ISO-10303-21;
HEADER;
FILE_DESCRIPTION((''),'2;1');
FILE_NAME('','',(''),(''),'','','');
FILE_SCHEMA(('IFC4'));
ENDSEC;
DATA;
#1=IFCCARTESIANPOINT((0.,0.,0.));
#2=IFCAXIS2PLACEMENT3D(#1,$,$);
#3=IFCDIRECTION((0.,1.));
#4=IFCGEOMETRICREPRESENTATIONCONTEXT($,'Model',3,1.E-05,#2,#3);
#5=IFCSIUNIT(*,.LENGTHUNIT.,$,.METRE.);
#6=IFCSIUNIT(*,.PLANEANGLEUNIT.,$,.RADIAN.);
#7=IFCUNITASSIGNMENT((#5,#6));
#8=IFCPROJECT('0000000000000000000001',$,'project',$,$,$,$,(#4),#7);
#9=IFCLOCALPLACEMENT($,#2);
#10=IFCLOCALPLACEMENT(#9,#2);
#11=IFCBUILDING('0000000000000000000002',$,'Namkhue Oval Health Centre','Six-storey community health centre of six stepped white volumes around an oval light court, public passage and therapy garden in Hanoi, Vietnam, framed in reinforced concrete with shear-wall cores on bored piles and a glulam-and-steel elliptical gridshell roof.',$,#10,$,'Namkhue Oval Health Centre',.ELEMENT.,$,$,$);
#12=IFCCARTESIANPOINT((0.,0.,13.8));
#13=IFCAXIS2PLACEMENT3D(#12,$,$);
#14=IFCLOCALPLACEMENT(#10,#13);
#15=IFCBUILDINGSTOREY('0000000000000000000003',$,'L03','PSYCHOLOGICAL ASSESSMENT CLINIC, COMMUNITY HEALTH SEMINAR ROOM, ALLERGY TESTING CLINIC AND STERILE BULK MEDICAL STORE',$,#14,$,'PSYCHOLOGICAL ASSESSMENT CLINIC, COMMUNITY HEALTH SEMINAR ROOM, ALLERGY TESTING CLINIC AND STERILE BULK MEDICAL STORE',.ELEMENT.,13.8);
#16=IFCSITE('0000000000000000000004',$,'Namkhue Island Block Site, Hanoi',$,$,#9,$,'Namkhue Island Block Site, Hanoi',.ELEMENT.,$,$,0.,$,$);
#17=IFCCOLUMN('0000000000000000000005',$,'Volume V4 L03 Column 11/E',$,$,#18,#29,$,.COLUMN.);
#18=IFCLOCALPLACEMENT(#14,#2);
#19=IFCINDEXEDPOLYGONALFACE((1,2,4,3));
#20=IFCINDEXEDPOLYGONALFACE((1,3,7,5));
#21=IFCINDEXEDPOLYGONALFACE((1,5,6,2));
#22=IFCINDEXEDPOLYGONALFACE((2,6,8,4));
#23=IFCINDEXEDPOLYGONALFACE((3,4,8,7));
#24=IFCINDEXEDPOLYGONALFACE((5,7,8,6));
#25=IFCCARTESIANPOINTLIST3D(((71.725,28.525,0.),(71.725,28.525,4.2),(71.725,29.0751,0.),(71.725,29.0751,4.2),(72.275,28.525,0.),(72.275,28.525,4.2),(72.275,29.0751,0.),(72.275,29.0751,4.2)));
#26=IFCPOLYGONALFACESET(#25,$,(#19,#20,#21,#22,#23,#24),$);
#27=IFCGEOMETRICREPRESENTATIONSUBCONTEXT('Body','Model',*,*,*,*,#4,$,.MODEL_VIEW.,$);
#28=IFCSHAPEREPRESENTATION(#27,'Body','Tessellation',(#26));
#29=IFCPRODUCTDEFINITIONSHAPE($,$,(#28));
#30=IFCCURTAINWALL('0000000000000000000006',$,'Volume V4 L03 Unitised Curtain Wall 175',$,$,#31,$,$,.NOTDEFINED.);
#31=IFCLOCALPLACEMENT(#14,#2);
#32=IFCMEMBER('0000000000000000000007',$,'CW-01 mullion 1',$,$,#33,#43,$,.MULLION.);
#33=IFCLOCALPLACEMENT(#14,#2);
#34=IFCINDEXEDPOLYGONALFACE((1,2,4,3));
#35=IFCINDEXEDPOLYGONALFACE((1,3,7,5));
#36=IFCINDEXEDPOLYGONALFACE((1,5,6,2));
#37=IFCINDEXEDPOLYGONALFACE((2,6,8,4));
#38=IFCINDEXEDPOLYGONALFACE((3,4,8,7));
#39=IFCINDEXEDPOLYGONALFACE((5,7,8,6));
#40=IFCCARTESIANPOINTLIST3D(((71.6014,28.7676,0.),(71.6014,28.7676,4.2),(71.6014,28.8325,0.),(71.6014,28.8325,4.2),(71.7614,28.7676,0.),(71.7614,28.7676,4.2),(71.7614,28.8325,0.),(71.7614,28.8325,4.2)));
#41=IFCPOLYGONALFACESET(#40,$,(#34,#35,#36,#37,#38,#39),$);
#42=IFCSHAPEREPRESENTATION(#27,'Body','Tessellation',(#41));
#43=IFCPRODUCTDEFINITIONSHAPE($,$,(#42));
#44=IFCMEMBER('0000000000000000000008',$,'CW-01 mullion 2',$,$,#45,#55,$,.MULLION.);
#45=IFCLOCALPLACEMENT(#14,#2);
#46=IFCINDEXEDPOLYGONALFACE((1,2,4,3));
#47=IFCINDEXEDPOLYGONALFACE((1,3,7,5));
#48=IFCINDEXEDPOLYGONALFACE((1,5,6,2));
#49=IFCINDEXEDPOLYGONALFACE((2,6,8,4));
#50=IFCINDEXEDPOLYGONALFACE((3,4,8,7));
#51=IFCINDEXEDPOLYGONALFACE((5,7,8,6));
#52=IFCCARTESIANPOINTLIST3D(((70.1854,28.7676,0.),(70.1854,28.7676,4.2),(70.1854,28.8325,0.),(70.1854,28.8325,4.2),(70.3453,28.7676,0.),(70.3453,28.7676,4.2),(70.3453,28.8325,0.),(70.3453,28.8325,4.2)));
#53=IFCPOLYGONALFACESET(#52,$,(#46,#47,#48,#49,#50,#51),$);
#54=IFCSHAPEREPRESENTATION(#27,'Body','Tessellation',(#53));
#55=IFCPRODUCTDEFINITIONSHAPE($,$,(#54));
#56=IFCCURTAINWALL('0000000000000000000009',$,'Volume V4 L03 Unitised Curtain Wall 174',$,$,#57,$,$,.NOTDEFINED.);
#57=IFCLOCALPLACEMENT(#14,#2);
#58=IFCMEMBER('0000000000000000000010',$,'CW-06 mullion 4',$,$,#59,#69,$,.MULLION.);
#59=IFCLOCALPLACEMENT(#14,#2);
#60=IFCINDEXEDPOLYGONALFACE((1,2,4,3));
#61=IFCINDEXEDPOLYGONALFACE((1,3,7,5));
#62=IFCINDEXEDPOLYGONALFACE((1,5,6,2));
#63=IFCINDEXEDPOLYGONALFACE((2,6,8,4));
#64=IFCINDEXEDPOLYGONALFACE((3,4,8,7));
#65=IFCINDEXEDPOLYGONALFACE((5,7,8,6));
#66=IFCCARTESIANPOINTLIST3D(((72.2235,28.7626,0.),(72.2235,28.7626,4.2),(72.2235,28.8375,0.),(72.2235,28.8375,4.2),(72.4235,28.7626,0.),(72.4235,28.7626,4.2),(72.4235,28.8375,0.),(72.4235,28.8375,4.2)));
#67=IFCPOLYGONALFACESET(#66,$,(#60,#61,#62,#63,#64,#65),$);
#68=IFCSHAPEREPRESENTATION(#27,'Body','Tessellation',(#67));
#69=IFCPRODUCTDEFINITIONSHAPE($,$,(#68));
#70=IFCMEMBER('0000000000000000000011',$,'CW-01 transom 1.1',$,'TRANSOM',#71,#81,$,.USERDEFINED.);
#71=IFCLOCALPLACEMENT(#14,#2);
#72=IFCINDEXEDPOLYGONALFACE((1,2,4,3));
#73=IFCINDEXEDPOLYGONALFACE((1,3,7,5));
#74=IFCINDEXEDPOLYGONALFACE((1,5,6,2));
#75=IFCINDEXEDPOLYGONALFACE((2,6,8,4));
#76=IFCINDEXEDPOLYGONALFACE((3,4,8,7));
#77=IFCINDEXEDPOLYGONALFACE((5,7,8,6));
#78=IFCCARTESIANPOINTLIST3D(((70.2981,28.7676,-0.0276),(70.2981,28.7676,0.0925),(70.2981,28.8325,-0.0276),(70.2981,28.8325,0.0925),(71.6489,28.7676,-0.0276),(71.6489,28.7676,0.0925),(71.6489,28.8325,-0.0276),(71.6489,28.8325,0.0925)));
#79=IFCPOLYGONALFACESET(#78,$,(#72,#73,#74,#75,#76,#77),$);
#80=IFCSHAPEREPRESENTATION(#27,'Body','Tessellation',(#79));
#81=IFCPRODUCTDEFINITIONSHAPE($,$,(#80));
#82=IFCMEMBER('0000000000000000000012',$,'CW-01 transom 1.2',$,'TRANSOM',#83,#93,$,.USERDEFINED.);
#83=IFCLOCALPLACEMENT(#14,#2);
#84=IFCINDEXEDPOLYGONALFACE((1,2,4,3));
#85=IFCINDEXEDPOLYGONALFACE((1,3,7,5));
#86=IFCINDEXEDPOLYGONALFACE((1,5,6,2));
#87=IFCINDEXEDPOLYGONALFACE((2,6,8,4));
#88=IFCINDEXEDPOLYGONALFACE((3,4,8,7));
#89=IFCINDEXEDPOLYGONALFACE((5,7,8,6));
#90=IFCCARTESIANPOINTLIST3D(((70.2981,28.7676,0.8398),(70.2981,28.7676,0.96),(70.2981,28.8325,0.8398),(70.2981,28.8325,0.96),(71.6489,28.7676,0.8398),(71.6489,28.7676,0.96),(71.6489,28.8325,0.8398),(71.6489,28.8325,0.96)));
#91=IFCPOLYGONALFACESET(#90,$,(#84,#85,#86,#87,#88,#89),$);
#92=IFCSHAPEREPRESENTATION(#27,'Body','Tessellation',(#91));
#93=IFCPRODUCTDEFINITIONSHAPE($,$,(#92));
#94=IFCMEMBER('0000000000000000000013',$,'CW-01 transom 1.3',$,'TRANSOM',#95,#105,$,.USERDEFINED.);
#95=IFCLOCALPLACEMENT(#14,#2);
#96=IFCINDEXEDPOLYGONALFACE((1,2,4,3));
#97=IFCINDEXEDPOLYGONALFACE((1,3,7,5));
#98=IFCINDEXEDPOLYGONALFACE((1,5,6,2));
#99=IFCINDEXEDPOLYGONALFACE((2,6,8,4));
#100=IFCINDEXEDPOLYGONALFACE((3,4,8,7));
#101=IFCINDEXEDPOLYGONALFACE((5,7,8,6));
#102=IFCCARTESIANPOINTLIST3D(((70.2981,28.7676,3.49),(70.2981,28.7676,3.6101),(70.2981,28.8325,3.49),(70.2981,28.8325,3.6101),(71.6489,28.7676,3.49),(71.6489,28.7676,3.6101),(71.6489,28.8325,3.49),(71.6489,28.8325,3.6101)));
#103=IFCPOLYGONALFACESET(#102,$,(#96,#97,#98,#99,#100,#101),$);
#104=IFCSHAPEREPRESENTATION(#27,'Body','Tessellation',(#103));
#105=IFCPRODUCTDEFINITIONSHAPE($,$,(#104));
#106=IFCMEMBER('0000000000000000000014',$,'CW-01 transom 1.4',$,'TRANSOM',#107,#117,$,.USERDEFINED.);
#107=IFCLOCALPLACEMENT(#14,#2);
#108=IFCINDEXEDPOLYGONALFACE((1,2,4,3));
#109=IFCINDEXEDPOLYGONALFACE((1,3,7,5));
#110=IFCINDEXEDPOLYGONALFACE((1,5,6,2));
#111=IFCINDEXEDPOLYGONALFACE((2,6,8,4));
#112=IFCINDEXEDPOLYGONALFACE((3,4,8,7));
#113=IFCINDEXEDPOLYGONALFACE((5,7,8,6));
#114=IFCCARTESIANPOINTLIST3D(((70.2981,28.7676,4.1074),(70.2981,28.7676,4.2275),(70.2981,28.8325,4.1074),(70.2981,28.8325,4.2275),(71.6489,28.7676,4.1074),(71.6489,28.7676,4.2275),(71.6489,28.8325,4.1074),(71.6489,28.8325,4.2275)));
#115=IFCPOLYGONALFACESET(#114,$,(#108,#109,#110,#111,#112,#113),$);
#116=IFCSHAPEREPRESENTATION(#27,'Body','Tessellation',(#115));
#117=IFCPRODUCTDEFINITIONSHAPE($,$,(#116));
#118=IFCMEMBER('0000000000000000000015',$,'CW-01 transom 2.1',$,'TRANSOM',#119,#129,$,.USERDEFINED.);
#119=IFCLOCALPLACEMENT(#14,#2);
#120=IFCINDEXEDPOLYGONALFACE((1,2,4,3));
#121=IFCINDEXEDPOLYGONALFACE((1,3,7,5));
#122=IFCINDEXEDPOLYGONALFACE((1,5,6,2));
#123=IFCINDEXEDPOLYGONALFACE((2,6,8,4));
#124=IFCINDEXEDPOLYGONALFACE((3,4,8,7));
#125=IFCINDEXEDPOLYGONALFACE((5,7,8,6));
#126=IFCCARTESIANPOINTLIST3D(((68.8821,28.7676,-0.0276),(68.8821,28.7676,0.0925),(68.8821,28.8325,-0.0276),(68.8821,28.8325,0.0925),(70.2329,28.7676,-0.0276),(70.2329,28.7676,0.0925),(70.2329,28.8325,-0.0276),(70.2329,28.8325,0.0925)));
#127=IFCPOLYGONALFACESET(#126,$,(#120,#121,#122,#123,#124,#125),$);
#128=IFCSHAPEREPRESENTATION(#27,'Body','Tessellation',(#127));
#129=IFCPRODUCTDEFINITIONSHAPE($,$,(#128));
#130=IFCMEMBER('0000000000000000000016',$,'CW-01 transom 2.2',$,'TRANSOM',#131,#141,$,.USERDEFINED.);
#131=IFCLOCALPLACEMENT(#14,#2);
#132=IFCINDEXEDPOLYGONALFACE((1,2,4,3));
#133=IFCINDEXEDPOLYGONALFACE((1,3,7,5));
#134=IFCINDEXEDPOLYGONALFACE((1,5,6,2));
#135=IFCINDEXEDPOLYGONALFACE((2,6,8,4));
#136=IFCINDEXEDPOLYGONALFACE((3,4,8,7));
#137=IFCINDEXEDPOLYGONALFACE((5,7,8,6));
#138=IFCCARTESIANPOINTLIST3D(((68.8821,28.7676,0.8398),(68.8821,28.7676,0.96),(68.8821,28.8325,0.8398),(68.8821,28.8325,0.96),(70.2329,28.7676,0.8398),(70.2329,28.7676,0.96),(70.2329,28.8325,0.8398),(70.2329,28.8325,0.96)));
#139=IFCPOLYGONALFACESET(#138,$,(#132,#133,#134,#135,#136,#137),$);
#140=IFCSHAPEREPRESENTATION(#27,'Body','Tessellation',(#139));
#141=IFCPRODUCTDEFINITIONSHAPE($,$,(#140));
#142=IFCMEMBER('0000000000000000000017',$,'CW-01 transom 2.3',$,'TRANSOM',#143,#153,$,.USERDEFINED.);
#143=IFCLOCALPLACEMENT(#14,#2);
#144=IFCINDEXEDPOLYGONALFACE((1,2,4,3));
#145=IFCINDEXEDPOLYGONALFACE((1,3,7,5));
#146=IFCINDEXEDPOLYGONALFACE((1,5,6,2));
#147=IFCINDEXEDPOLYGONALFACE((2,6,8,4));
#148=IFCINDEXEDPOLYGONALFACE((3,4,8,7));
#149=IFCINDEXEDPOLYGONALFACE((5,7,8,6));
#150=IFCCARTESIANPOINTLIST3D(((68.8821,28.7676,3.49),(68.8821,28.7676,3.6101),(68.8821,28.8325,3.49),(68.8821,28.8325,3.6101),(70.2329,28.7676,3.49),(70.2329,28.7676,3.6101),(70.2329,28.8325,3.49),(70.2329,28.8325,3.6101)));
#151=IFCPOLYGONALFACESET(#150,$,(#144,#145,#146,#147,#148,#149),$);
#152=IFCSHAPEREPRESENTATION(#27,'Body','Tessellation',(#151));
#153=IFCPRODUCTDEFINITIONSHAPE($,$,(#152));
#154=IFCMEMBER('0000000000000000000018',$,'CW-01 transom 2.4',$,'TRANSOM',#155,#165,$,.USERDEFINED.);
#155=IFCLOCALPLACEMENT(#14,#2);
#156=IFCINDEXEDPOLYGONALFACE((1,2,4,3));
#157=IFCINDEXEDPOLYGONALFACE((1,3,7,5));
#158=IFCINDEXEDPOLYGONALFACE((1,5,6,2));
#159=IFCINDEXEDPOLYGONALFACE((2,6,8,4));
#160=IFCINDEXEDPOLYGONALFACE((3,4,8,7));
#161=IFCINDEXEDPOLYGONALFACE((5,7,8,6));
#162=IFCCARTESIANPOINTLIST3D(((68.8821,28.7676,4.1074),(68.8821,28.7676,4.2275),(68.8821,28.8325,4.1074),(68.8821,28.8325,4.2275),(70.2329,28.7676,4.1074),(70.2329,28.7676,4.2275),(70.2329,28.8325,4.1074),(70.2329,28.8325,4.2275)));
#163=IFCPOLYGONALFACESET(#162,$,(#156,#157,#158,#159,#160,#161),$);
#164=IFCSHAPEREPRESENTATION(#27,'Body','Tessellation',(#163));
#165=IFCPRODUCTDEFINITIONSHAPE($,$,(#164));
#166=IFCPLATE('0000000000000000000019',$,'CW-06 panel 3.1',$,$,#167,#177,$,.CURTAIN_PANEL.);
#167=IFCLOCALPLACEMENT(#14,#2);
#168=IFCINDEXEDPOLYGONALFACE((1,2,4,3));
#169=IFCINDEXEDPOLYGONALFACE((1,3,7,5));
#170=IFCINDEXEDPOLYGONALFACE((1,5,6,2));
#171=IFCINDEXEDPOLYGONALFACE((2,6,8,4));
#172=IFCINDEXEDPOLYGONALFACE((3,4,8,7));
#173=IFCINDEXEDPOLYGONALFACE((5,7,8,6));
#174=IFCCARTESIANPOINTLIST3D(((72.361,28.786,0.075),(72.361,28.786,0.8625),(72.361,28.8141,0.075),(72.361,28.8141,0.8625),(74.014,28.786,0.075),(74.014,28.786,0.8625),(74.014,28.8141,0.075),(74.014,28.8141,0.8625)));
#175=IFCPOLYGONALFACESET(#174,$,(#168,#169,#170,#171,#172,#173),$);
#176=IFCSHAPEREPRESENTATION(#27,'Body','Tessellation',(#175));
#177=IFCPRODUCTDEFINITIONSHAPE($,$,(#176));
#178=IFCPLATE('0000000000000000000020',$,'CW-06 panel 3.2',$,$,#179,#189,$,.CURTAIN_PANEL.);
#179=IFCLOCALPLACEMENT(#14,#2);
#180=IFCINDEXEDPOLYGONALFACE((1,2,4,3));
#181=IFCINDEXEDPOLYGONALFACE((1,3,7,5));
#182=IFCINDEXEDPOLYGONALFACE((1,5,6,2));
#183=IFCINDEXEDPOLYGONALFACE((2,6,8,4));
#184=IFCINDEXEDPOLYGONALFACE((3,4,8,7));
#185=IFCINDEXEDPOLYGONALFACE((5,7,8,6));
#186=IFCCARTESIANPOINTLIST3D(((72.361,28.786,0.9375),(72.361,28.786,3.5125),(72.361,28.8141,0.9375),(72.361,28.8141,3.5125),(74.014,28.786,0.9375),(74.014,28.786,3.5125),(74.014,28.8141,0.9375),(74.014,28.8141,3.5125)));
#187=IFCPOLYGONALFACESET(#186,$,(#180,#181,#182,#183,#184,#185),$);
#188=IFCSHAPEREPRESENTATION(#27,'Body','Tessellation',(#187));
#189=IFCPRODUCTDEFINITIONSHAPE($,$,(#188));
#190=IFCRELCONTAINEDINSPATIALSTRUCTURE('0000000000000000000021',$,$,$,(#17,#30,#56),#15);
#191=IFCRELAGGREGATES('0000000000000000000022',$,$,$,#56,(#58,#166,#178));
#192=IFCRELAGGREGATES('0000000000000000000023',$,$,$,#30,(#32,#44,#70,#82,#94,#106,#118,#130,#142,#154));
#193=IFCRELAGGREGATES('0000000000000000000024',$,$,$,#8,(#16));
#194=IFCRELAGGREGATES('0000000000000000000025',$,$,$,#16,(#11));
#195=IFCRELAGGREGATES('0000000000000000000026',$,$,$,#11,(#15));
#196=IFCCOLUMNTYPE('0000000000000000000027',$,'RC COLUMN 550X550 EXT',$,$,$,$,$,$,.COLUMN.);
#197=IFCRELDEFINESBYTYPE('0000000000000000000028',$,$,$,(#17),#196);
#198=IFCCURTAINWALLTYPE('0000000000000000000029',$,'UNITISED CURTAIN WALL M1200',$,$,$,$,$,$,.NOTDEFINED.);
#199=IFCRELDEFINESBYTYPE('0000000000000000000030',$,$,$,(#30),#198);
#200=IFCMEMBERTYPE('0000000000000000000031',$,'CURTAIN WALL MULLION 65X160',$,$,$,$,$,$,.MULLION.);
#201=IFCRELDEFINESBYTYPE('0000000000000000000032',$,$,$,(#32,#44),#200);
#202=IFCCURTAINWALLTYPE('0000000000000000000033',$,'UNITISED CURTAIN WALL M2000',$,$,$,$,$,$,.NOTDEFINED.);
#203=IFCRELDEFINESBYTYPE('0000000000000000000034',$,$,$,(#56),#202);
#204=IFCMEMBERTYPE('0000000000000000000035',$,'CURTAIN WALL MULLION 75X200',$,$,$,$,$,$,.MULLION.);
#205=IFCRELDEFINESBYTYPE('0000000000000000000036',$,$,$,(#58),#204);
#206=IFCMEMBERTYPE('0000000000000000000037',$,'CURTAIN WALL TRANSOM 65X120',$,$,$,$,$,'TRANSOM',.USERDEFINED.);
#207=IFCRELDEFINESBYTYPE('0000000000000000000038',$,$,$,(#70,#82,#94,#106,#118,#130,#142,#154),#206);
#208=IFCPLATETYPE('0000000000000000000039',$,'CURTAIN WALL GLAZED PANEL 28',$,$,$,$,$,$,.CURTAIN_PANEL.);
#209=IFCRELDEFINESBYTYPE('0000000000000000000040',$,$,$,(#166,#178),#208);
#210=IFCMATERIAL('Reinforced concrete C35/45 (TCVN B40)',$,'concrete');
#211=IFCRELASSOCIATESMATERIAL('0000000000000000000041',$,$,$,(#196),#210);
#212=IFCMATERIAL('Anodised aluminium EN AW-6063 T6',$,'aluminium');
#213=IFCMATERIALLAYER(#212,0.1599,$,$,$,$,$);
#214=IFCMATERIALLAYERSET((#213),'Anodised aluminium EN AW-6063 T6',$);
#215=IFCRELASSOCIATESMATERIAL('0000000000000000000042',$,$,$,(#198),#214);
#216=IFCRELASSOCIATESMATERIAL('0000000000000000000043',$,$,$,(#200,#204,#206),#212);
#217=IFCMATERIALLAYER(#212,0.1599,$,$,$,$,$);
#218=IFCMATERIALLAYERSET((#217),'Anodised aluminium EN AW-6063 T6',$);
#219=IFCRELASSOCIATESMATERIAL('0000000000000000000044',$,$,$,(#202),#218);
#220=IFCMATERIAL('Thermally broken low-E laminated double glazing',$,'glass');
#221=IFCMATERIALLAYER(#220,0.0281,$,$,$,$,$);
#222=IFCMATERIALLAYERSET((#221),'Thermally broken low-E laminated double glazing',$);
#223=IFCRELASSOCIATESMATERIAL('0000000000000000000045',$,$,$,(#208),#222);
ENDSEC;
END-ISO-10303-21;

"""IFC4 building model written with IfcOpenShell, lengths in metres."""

from ifc_helpers import new_model, si_unit, direction, frame, origin, origin_2d, place, context, subcontext, project, spatial, rectangle, extrude, material, layer, layer_set, material_profile, profile_set, type_object, element, aggregate, save


model = new_model("IFC4")

# Units and contexts
model_context = context("Model", 3, precision=1e-05, world=origin(), true_north=direction((0.0, 1.0)))
body_context = subcontext(model_context, "Body", "Model", "MODEL_VIEW")
ifc_project = project(units=[si_unit("LENGTHUNIT", "METRE"), si_unit("PLANEANGLEUNIT", "RADIAN")], contexts=[model_context])

# Site, building, storey
site_placement = place(None, origin())
site = spatial("IfcSite", under=ifc_project, at=site_placement, Name="Namkhue Island Block Site, Hanoi", LongName="Namkhue Island Block Site, Hanoi", CompositionType="ELEMENT", RefElevation=0.0)
building_placement = place(site_placement, origin())
building = spatial("IfcBuilding", under=site, at=building_placement, Name="Namkhue Oval Health Centre", Description="Six-storey community health centre of six stepped white volumes around an oval light court, public passage and therapy garden in Hanoi, Vietnam, framed in reinforced concrete with shear-wall cores on bored piles and a glulam-and-steel elliptical gridshell roof.", LongName="Namkhue Oval Health Centre", CompositionType="ELEMENT")
storey_placement = place(building_placement, frame((0.0, 0.0, 13.8)))
storey = spatial("IfcBuildingStorey", under=building, at=storey_placement, Name="L03", Description="PSYCHOLOGICAL ASSESSMENT CLINIC, COMMUNITY HEALTH SEMINAR ROOM, ALLERGY TESTING CLINIC AND STERILE BULK MEDICAL STORE", LongName="PSYCHOLOGICAL ASSESSMENT CLINIC, COMMUNITY HEALTH SEMINAR ROOM, ALLERGY TESTING CLINIC AND STERILE BULK MEDICAL STORE", CompositionType="ELEMENT", Elevation=13.8)

# Column
ifc_material_1 = material(Name="Reinforced concrete C35/45 (TCVN B40)", Category="concrete")
ifc_material_profile_1 = material_profile(ifc_material_1, rectangle(XDim=0.55, YDim=0.55, at=origin_2d()), Name="RC 550x550")
ifc_profile_set_1 = profile_set([ifc_material_profile_1], Name="Reinforced concrete C35/45 (TCVN B40)")
column_type = type_object("IfcColumnType", Name="RC COLUMN 550X550 EXT", PredefinedType="COLUMN", material=ifc_profile_set_1)
column_placement = place(storey_placement, frame((72.0, 28.8, 0.0), z_axis=(0.0, 0.0, 1.0), x_axis=(1.0, 0.0, 0.0)))
element("IfcColumn", 1, at=column_placement, inside=storey, type_object=column_type, Name="Volume V4 L03 Column 11/E", PredefinedType="COLUMN", context=body_context, shape_type="SweptSolid", body=[
    extrude(rectangle(XDim=0.55, YDim=0.55, at=origin_2d()), origin(), (0.0, 0.0, 1.0), 4.2),
])

# Curtain wall, members
ifc_material_2 = material(Name="Anodised aluminium EN AW-6063 T6", Category="aluminium")
ifc_layer_1 = layer(ifc_material_2, 0.1599)
ifc_layer_set_1 = layer_set([ifc_layer_1], Name="Anodised aluminium EN AW-6063 T6")
curtain_wall_type_1 = type_object("IfcCurtainWallType", Name="UNITISED CURTAIN WALL M1200", PredefinedType="NOTDEFINED", material=ifc_layer_set_1)
curtain_wall_1_placement = place(storey_placement, origin())
curtain_wall_1 = element("IfcCurtainWall", 2, at=curtain_wall_1_placement, inside=storey, type_object=curtain_wall_type_1, Name="Volume V4 L03 Unitised Curtain Wall 175", PredefinedType="NOTDEFINED")
ifc_material_profile_2 = material_profile(ifc_material_2, rectangle(XDim=0.0649, YDim=0.1599, at=origin_2d()), Name="ALU 65x160")
ifc_profile_set_2 = profile_set([ifc_material_profile_2], Name="Anodised aluminium EN AW-6063 T6")
member_type_1 = type_object("IfcMemberType", Name="CURTAIN WALL MULLION 65X160", PredefinedType="MULLION", material=ifc_profile_set_2)
member_1_placement = place(storey_placement, frame((71.6814, 28.8, 0.0), z_axis=(0.0, 0.0, 1.0), x_axis=(0.0, -1.0, 0.0)))
member_1 = element("IfcMember", 3, at=member_1_placement, type_object=member_type_1, Name="CW-01 mullion 1", PredefinedType="MULLION", context=body_context, shape_type="SweptSolid", body=[
    extrude(rectangle(XDim=0.0649, YDim=0.1599, at=origin_2d()), origin(), (0.0, 0.0, 1.0), 4.2),
])
member_2_placement = place(storey_placement, frame((70.2654, 28.8, 0.0), z_axis=(0.0, 0.0, 1.0), x_axis=(0.0, -1.0, 0.0)))
member_2 = element("IfcMember", 4, at=member_2_placement, type_object=member_type_1, Name="CW-01 mullion 2", PredefinedType="MULLION", context=body_context, shape_type="SweptSolid", body=[
    extrude(rectangle(XDim=0.0649, YDim=0.1599, at=origin_2d()), origin(), (0.0, 0.0, 1.0), 4.2),
])

# Curtain wall, member
ifc_layer_2 = layer(ifc_material_2, 0.1599)
ifc_layer_set_2 = layer_set([ifc_layer_2], Name="Anodised aluminium EN AW-6063 T6")
curtain_wall_type_2 = type_object("IfcCurtainWallType", Name="UNITISED CURTAIN WALL M2000", PredefinedType="NOTDEFINED", material=ifc_layer_set_2)
curtain_wall_2_placement = place(storey_placement, origin())
curtain_wall_2 = element("IfcCurtainWall", 5, at=curtain_wall_2_placement, inside=storey, type_object=curtain_wall_type_2, Name="Volume V4 L03 Unitised Curtain Wall 174", PredefinedType="NOTDEFINED")
ifc_material_profile_3 = material_profile(ifc_material_2, rectangle(XDim=0.075, YDim=0.2, at=origin_2d()), Name="ALU 75x200")
ifc_profile_set_3 = profile_set([ifc_material_profile_3], Name="Anodised aluminium EN AW-6063 T6")
member_type_2 = type_object("IfcMemberType", Name="CURTAIN WALL MULLION 75X200", PredefinedType="MULLION", material=ifc_profile_set_3)
member_3_placement = place(storey_placement, frame((72.3235, 28.8, 0.0), z_axis=(0.0, 0.0, 1.0), x_axis=(0.0, -1.0, 0.0)))
member_3 = element("IfcMember", 6, at=member_3_placement, type_object=member_type_2, Name="CW-06 mullion 4", PredefinedType="MULLION", context=body_context, shape_type="SweptSolid", body=[
    extrude(rectangle(XDim=0.075, YDim=0.2, at=origin_2d()), origin(), (0.0, 0.0, 1.0), 4.2),
])

# Members
ifc_material_profile_4 = material_profile(ifc_material_2, rectangle(XDim=0.0649, YDim=0.1201, at=origin_2d()), Name="ALU 65x120")
ifc_profile_set_4 = profile_set([ifc_material_profile_4], Name="Anodised aluminium EN AW-6063 T6")
member_type_3 = type_object("IfcMemberType", Name="CURTAIN WALL TRANSOM 65X120", ElementType="TRANSOM", PredefinedType="USERDEFINED", material=ifc_profile_set_4)
member_4_placement = place(storey_placement, frame((71.6489, 28.8, 0.0325), z_axis=(-1.0, 0.0, 0.0), x_axis=(0.0, -1.0, 0.0)))
member_4 = element("IfcMember", 7, at=member_4_placement, type_object=member_type_3, Name="CW-01 transom 1.1", ObjectType="TRANSOM", PredefinedType="USERDEFINED", context=body_context, shape_type="SweptSolid", body=[
    extrude(rectangle(XDim=0.0649, YDim=0.1201, at=origin_2d()), origin(), (0.0, 0.0, 1.0), 1.3508),
])
member_5_placement = place(storey_placement, frame((71.6489, 28.8, 0.8999), z_axis=(-1.0, 0.0, 0.0), x_axis=(0.0, -1.0, 0.0)))
member_5 = element("IfcMember", 8, at=member_5_placement, type_object=member_type_3, Name="CW-01 transom 1.2", ObjectType="TRANSOM", PredefinedType="USERDEFINED", context=body_context, shape_type="SweptSolid", body=[
    extrude(rectangle(XDim=0.0649, YDim=0.1201, at=origin_2d()), origin(), (0.0, 0.0, 1.0), 1.3508),
])
member_6_placement = place(storey_placement, frame((71.6489, 28.8, 3.55), z_axis=(-1.0, 0.0, 0.0), x_axis=(0.0, -1.0, 0.0)))
member_6 = element("IfcMember", 9, at=member_6_placement, type_object=member_type_3, Name="CW-01 transom 1.3", ObjectType="TRANSOM", PredefinedType="USERDEFINED", context=body_context, shape_type="SweptSolid", body=[
    extrude(rectangle(XDim=0.0649, YDim=0.1201, at=origin_2d()), origin(), (0.0, 0.0, 1.0), 1.3508),
])
member_7_placement = place(storey_placement, frame((71.6489, 28.8, 4.1675), z_axis=(-1.0, 0.0, 0.0), x_axis=(0.0, -1.0, 0.0)))
member_7 = element("IfcMember", 10, at=member_7_placement, type_object=member_type_3, Name="CW-01 transom 1.4", ObjectType="TRANSOM", PredefinedType="USERDEFINED", context=body_context, shape_type="SweptSolid", body=[
    extrude(rectangle(XDim=0.0649, YDim=0.1201, at=origin_2d()), origin(), (0.0, 0.0, 1.0), 1.3508),
])
member_8_placement = place(storey_placement, frame((70.2329, 28.8, 0.0325), z_axis=(-1.0, 0.0, 0.0), x_axis=(0.0, -1.0, 0.0)))
member_8 = element("IfcMember", 11, at=member_8_placement, type_object=member_type_3, Name="CW-01 transom 2.1", ObjectType="TRANSOM", PredefinedType="USERDEFINED", context=body_context, shape_type="SweptSolid", body=[
    extrude(rectangle(XDim=0.0649, YDim=0.1201, at=origin_2d()), origin(), (0.0, 0.0, 1.0), 1.3508),
])
member_9_placement = place(storey_placement, frame((70.2329, 28.8, 0.8999), z_axis=(-1.0, 0.0, 0.0), x_axis=(0.0, -1.0, 0.0)))
member_9 = element("IfcMember", 12, at=member_9_placement, type_object=member_type_3, Name="CW-01 transom 2.2", ObjectType="TRANSOM", PredefinedType="USERDEFINED", context=body_context, shape_type="SweptSolid", body=[
    extrude(rectangle(XDim=0.0649, YDim=0.1201, at=origin_2d()), origin(), (0.0, 0.0, 1.0), 1.3508),
])
member_10_placement = place(storey_placement, frame((70.2329, 28.8, 3.55), z_axis=(-1.0, 0.0, 0.0), x_axis=(0.0, -1.0, 0.0)))
member_10 = element("IfcMember", 13, at=member_10_placement, type_object=member_type_3, Name="CW-01 transom 2.3", ObjectType="TRANSOM", PredefinedType="USERDEFINED", context=body_context, shape_type="SweptSolid", body=[
    extrude(rectangle(XDim=0.0649, YDim=0.1201, at=origin_2d()), origin(), (0.0, 0.0, 1.0), 1.3508),
])
member_11_placement = place(storey_placement, frame((70.2329, 28.8, 4.1675), z_axis=(-1.0, 0.0, 0.0), x_axis=(0.0, -1.0, 0.0)))
member_11 = element("IfcMember", 14, at=member_11_placement, type_object=member_type_3, Name="CW-01 transom 2.4", ObjectType="TRANSOM", PredefinedType="USERDEFINED", context=body_context, shape_type="SweptSolid", body=[
    extrude(rectangle(XDim=0.0649, YDim=0.1201, at=origin_2d()), origin(), (0.0, 0.0, 1.0), 1.3508),
])

# Plates
ifc_material_3 = material(Name="Thermally broken low-E laminated double glazing", Category="glass")
ifc_layer_3 = layer(ifc_material_3, 0.0281)
ifc_layer_set_3 = layer_set([ifc_layer_3], Name="Thermally broken low-E laminated double glazing")
plate_type_1 = type_object("IfcPlateType", Name="CURTAIN WALL GLAZED PANEL 28", PredefinedType="CURTAIN_PANEL", material=ifc_layer_set_3)
plate_1_placement = place(storey_placement, frame((73.1875, 28.8, 0.075), z_axis=(0.0, 0.0, 1.0), x_axis=(-1.0, 0.0, 0.0)))
plate_1 = element("IfcPlate", 15, at=plate_1_placement, type_object=plate_type_1, Name="CW-06 panel 3.1", PredefinedType="CURTAIN_PANEL", context=body_context, shape_type="SweptSolid", body=[
    extrude(rectangle(XDim=1.6531, YDim=0.0281, at=origin_2d()), origin(), (0.0, 0.0, 1.0), 0.7876),
])
plate_2_placement = place(storey_placement, frame((73.1875, 28.8, 0.9375), z_axis=(0.0, 0.0, 1.0), x_axis=(-1.0, 0.0, 0.0)))
plate_2 = element("IfcPlate", 16, at=plate_2_placement, type_object=plate_type_1, Name="CW-06 panel 3.2", PredefinedType="CURTAIN_PANEL", context=body_context, shape_type="SweptSolid", body=[
    extrude(rectangle(XDim=1.6531, YDim=0.0281, at=origin_2d()), origin(), (0.0, 0.0, 1.0), 2.575),
])
aggregate(curtain_wall_2, [member_3, plate_1, plate_2])
aggregate(curtain_wall_1, [member_1, member_2, member_4, member_5, member_6, member_7, member_8, member_9, member_10, member_11])

save(model, "model.ifc")
